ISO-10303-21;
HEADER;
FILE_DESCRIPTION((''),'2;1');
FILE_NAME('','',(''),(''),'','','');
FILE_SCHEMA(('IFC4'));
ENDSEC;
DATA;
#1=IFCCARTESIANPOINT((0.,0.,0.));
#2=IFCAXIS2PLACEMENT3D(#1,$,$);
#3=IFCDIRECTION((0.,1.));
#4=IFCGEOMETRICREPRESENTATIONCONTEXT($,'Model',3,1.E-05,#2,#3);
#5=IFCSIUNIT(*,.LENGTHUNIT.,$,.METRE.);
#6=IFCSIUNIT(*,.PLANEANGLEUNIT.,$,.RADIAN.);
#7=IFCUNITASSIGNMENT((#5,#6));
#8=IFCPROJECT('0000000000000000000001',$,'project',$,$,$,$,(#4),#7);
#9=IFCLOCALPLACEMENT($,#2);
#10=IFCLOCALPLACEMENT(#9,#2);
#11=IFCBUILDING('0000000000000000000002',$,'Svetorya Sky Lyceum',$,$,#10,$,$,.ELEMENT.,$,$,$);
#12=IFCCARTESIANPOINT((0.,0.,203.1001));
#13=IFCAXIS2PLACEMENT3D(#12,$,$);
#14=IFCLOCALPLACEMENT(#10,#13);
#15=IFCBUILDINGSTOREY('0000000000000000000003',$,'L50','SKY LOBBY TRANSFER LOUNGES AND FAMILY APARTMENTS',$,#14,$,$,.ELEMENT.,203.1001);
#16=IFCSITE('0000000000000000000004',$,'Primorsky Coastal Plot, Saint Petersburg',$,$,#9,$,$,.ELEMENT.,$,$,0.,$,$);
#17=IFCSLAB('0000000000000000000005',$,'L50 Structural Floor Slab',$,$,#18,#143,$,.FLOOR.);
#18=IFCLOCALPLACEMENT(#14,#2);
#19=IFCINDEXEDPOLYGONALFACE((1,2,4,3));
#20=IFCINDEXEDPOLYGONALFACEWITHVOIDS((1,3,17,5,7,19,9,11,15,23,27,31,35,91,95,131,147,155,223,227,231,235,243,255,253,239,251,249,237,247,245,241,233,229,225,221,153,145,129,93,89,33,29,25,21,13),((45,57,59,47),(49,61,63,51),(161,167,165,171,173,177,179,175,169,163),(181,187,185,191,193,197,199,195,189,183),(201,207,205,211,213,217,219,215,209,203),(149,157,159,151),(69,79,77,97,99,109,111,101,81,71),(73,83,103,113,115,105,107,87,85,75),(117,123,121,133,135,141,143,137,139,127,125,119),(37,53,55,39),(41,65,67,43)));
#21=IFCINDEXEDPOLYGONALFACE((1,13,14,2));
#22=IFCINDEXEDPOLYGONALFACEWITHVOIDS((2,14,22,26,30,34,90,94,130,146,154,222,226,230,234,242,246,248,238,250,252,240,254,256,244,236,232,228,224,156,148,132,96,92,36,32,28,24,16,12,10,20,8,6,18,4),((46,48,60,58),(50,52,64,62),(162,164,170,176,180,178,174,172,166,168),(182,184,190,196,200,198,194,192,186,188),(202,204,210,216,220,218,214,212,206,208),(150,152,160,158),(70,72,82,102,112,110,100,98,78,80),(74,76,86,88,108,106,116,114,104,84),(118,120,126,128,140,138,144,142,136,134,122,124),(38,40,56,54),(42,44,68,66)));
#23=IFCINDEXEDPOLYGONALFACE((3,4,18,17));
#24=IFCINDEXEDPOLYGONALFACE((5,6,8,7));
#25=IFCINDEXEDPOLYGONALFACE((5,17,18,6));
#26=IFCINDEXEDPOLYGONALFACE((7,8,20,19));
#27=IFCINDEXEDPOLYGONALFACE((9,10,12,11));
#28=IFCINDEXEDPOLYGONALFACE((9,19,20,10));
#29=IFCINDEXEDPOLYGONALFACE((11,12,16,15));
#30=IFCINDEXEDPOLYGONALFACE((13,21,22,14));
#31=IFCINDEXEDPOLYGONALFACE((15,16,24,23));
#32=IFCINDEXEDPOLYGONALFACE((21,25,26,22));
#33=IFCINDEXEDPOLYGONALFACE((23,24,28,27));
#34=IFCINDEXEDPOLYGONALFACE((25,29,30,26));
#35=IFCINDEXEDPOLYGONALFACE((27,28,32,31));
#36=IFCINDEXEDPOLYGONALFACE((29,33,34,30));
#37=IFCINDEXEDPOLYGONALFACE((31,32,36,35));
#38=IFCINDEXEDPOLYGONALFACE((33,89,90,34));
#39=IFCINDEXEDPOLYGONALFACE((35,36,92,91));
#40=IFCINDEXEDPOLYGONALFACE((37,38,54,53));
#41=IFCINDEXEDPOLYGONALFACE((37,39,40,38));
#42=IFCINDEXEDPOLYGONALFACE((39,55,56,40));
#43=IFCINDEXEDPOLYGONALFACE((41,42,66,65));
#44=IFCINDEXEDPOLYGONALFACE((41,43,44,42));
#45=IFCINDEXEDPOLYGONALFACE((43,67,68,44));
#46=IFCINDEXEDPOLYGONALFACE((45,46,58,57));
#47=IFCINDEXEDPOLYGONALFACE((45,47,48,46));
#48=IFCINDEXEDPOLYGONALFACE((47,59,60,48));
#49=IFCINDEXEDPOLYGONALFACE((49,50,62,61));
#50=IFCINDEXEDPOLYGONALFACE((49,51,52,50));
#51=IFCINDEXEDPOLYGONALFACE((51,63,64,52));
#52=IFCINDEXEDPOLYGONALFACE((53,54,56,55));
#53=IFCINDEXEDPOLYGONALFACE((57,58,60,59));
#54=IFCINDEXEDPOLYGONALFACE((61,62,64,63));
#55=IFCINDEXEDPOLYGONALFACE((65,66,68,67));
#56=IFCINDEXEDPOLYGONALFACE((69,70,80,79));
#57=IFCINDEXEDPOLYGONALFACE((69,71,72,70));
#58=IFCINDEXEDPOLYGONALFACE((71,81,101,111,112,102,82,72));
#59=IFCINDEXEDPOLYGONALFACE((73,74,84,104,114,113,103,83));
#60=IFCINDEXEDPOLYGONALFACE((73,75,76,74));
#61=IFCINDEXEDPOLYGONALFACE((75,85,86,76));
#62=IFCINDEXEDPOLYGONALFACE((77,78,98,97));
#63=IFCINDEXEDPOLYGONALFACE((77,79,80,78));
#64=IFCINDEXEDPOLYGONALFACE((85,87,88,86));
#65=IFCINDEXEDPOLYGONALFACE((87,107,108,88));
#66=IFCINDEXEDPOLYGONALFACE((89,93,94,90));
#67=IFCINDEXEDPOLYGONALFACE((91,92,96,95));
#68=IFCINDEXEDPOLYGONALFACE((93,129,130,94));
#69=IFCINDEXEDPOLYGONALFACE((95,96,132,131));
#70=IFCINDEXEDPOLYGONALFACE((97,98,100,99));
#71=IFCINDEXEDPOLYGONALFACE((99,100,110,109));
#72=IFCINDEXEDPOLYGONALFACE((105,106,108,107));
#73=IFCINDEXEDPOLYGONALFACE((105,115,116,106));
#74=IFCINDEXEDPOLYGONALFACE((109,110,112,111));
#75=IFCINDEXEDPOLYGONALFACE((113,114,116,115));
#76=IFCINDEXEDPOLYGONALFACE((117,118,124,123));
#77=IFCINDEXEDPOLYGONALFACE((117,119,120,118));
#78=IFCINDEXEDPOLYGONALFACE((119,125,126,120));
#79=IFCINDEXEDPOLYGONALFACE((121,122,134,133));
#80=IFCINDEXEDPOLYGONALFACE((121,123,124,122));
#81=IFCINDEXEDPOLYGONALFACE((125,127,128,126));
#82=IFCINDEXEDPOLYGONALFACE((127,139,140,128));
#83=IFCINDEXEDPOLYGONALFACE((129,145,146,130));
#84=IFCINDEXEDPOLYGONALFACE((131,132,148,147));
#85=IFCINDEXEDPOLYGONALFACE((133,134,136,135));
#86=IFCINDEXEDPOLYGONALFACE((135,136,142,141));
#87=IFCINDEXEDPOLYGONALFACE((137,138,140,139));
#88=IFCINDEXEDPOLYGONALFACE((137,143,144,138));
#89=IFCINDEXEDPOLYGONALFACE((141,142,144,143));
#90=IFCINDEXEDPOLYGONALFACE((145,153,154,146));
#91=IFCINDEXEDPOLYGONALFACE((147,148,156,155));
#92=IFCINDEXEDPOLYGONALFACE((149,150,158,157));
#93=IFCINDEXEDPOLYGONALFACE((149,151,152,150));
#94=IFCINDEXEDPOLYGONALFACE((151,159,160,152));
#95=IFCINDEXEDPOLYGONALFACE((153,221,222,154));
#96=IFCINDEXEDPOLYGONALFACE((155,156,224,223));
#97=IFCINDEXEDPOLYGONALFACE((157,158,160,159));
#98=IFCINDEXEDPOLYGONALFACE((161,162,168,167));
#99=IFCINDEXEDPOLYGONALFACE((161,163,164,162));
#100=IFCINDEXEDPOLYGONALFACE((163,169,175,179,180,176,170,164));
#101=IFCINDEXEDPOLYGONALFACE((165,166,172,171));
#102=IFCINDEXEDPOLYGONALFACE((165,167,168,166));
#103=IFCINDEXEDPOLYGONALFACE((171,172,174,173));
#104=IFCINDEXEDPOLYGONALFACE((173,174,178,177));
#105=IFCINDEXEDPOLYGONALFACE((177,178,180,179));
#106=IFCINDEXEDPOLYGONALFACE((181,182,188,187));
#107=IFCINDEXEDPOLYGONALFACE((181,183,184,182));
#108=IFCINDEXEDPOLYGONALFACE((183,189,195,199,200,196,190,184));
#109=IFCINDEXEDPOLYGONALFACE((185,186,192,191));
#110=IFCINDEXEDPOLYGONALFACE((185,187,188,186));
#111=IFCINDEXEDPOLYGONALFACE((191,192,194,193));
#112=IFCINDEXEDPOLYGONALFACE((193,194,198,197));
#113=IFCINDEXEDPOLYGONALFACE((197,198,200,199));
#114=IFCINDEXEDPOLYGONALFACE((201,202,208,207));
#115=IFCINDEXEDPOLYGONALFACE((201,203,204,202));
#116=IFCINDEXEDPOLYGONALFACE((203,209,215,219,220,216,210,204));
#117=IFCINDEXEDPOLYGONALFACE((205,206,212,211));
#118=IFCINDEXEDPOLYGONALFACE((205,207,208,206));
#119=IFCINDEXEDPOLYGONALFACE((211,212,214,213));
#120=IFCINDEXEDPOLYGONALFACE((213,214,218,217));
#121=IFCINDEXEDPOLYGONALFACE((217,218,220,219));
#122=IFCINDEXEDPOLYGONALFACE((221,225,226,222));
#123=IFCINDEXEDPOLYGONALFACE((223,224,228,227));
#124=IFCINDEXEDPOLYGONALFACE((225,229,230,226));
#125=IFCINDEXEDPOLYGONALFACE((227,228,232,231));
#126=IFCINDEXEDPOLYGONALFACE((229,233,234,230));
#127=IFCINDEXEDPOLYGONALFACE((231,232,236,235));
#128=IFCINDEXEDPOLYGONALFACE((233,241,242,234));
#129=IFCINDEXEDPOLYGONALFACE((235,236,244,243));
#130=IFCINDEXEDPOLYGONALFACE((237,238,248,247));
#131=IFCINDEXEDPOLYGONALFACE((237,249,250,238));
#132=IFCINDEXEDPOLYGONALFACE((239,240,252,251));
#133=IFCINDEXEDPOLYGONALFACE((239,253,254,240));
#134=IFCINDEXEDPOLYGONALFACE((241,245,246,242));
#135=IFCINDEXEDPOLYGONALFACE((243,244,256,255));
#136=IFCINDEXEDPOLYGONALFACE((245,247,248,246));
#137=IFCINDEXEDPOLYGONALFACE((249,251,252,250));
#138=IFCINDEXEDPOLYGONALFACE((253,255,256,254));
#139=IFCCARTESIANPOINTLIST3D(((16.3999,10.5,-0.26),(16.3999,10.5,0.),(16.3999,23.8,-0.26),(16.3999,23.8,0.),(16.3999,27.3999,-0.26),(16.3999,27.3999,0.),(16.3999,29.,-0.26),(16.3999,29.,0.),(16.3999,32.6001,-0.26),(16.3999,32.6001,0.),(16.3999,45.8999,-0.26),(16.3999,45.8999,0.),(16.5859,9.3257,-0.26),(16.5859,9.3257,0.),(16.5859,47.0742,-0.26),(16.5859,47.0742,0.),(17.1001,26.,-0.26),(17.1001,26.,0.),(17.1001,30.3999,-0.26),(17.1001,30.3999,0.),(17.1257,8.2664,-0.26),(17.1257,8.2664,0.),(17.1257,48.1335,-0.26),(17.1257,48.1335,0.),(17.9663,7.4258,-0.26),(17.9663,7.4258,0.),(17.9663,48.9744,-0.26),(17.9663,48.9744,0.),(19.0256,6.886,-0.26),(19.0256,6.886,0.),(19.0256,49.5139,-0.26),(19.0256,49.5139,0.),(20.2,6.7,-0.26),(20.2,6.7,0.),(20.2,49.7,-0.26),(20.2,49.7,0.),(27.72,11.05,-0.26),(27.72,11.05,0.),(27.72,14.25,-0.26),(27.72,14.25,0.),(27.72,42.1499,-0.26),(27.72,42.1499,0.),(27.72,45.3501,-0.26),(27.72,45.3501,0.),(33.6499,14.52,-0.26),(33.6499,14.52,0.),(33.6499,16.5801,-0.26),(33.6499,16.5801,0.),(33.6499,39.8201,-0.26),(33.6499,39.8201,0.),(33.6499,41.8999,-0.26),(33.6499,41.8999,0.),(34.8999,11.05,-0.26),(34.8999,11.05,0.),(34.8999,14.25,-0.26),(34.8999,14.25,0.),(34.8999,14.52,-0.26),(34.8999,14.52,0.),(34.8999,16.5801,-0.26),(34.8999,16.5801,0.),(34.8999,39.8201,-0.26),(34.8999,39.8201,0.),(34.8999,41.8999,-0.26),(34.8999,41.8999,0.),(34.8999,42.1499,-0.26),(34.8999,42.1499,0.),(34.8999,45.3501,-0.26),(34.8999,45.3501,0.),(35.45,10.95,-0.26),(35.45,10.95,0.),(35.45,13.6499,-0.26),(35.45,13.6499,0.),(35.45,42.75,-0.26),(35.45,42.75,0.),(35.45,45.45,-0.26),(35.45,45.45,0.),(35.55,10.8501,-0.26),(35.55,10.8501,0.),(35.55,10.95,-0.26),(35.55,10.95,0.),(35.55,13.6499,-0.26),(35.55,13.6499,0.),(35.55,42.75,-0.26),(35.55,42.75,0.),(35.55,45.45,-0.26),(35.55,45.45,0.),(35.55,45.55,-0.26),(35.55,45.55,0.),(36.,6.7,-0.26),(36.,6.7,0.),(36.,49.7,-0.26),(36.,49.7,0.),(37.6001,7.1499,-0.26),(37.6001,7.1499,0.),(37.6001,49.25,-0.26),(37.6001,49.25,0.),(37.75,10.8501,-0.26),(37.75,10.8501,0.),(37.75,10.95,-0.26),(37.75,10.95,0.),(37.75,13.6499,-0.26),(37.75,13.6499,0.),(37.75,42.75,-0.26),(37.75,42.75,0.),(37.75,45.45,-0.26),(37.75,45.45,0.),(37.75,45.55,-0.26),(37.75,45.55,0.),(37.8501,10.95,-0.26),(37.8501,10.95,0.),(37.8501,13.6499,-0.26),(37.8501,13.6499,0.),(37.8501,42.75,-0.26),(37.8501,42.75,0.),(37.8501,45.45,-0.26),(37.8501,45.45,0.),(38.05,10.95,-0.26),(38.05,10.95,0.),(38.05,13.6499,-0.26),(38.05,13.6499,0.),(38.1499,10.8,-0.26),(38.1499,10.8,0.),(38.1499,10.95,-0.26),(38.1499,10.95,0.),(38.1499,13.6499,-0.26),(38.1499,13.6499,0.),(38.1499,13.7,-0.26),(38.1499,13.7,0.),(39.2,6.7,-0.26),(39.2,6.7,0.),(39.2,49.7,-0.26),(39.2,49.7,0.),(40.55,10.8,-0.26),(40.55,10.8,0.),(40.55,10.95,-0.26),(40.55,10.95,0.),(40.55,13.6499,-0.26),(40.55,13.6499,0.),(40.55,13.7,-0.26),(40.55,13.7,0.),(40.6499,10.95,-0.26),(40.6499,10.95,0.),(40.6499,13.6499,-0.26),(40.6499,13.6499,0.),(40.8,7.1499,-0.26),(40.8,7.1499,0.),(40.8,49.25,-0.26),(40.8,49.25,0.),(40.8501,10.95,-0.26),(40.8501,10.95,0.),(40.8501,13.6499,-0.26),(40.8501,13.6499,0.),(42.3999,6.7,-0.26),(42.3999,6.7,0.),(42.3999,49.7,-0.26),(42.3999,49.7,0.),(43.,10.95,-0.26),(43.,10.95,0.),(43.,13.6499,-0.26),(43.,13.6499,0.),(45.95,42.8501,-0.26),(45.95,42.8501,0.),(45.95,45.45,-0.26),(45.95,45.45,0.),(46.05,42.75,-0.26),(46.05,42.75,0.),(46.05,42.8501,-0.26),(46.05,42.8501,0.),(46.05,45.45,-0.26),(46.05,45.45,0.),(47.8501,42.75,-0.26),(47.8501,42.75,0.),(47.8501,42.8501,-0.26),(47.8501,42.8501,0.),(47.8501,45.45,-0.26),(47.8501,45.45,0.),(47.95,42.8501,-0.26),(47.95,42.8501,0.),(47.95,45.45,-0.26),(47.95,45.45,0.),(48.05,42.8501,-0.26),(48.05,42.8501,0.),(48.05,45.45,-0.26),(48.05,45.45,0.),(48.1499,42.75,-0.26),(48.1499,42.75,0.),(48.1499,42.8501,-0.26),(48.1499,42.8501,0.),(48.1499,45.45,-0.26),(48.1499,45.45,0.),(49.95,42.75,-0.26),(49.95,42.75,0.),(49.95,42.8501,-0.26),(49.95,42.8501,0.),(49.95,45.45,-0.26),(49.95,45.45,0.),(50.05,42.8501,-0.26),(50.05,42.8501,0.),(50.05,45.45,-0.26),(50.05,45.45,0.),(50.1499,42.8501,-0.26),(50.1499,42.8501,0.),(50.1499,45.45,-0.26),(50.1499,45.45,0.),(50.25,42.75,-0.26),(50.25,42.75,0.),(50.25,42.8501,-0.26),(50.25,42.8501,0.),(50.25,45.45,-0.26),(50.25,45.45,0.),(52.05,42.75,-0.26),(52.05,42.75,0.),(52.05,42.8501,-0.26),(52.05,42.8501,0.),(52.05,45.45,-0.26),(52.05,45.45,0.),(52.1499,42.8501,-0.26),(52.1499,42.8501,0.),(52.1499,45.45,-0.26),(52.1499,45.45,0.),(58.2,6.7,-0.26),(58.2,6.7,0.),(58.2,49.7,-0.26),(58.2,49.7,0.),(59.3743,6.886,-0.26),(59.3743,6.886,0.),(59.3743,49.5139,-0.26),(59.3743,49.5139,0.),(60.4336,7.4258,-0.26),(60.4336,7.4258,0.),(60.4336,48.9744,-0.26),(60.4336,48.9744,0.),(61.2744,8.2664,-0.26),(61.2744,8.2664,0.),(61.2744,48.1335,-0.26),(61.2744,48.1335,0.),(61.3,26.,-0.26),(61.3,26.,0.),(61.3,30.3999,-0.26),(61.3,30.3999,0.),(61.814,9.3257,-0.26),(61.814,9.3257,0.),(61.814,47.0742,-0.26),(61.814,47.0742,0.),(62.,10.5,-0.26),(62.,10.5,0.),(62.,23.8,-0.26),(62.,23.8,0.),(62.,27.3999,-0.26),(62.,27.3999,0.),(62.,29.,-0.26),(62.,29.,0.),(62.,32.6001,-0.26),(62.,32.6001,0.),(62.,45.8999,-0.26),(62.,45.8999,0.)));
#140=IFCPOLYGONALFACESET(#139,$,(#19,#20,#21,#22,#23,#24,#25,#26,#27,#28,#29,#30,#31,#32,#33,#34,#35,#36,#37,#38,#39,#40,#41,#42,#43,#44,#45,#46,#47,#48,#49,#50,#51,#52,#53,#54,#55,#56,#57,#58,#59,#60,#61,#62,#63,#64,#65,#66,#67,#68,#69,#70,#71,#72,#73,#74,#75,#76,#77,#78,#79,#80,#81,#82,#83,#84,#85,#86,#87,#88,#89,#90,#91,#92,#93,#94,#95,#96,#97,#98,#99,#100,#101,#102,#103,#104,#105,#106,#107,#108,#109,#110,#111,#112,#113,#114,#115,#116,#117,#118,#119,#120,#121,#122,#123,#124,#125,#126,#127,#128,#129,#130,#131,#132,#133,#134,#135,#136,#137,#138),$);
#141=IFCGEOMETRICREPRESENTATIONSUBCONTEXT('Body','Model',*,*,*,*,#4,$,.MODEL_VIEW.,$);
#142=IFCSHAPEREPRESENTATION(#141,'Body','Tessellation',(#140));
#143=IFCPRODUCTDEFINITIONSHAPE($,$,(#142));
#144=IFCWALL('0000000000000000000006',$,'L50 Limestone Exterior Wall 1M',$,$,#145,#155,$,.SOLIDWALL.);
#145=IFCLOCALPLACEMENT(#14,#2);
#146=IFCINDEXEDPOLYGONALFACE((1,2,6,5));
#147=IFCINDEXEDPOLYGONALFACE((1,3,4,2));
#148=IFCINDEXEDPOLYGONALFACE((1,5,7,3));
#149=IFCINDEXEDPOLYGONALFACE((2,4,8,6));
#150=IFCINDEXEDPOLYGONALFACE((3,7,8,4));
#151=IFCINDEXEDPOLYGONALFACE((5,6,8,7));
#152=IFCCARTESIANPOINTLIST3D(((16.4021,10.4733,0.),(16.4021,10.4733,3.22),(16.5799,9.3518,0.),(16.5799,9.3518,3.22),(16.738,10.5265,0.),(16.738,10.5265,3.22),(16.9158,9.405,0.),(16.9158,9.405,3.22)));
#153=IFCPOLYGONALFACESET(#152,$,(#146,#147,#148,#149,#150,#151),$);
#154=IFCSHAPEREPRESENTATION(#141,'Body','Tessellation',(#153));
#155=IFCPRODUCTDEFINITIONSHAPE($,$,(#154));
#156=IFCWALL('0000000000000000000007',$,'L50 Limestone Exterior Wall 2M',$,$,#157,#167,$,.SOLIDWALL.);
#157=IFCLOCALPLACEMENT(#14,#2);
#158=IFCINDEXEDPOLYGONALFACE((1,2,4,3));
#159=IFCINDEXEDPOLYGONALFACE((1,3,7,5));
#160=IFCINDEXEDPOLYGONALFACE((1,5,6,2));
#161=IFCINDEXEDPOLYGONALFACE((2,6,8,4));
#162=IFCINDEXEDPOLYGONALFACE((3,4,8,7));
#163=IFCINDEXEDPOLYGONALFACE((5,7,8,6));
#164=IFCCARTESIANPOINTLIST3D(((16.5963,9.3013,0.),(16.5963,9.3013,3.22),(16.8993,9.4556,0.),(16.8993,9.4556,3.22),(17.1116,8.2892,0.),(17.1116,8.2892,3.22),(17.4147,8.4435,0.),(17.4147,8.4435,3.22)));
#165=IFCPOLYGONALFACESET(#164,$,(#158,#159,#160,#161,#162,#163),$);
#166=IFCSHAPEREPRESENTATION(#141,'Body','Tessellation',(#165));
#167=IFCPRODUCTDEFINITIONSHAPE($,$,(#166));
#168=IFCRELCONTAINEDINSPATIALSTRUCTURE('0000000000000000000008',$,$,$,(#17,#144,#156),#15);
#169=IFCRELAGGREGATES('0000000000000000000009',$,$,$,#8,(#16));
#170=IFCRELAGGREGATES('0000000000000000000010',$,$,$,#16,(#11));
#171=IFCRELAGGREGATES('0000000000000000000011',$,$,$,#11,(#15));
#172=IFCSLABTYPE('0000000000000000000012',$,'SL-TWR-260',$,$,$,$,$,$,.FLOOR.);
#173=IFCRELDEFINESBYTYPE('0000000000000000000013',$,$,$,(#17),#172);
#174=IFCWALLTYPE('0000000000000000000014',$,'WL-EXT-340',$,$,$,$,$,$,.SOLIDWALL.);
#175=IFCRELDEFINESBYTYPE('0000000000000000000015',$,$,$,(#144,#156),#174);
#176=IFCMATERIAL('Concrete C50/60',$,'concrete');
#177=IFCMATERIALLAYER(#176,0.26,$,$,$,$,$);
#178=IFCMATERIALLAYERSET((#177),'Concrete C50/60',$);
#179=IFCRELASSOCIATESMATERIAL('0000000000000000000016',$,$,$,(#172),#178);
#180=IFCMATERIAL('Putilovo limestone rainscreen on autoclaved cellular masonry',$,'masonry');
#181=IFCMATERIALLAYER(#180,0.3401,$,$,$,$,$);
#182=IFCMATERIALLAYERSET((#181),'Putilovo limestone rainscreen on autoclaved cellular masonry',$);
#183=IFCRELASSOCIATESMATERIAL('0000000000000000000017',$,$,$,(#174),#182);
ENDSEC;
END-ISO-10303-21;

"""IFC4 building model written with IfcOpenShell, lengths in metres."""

from ifc_helpers import new_model, si_unit, direction, frame, frame_2d, origin, place, context, subcontext, project, spatial, polyline, rectangle, outline, extrude, material, layer, layer_set, type_object, element, save


model = new_model("IFC4")

# Units and contexts
model_context = context("Model", 3, precision=1e-05, world=origin(), true_north=direction((0.0, 1.0)))
body_context = subcontext(model_context, "Body", "Model", "MODEL_VIEW")
ifc_project = project(units=[si_unit("LENGTHUNIT", "METRE"), si_unit("PLANEANGLEUNIT", "RADIAN")], contexts=[model_context])

# Site, building, storey
site_placement = place(None, origin())
site = spatial("IfcSite", under=ifc_project, at=site_placement, Name="Primorsky Coastal Plot, Saint Petersburg", CompositionType="ELEMENT", RefElevation=0.0)
building_placement = place(site_placement, origin())
building = spatial("IfcBuilding", under=site, at=building_placement, Name="Svetorya Sky Lyceum", CompositionType="ELEMENT")
storey_placement = place(building_placement, frame((0.0, 0.0, 203.1001)))
storey = spatial("IfcBuildingStorey", under=building, at=storey_placement, Name="L50", Description="SKY LOBBY TRANSFER LOUNGES AND FAMILY APARTMENTS", CompositionType="ELEMENT", Elevation=203.1001)

# Shared definitions
ifc_material_1 = material(Name="Concrete C50/60", Category="concrete")

# Slab
ifc_layer_1 = layer(ifc_material_1, 0.26)
ifc_layer_set_1 = layer_set([ifc_layer_1], Name="Concrete C50/60")
slab_type_1 = type_object("IfcSlabType", Name="SL-TWR-260", PredefinedType="FLOOR", material=ifc_layer_set_1)
slab_1_placement = place(storey_placement, frame((0.0, 0.0, -0.26)))
element("IfcSlab", 1, at=slab_1_placement, inside=storey, type_object=slab_type_1, Name="L50 Structural Floor Slab", PredefinedType="FLOOR", context=body_context, shape_type="SweptSolid", body=[
    extrude(outline(polyline([(16.3999, 10.5), (16.5859, 9.3257), (17.1257, 8.2664), (17.9663, 7.4258), (19.0256, 6.886), (20.2, 6.7), (36.0, 6.7), (37.6001, 7.1499), (39.2, 6.7), (40.8, 7.1499), (42.3999, 6.7), (58.2, 6.7), (59.3743, 6.886), (60.4336, 7.4258), (61.2744, 8.2664), (61.814, 9.3257), (62.0, 10.5), (62.0, 23.8), (61.3, 26.0), (62.0, 27.3999), (62.0, 29.0), (61.3, 30.3999), (62.0, 32.6001), (62.0, 45.8999), (61.814, 47.0742), (61.2744, 48.1335), (60.4336, 48.9744), (59.3743, 49.5139), (58.2, 49.7), (42.3999, 49.7), (40.8, 49.25), (39.2, 49.7), (37.6001, 49.25), (36.0, 49.7), (20.2, 49.7), (19.0256, 49.5139), (17.9663, 48.9744), (17.1257, 48.1335), (16.5859, 47.0742), (16.3999, 45.8999), (16.3999, 32.6001), (17.1001, 30.3999), (16.3999, 29.0), (16.3999, 27.3999), (17.1001, 26.0), (16.3999, 23.8), (16.3999, 10.5)]), holes=[polyline([(37.8501, 10.95), (37.75, 10.95), (37.75, 10.8501), (35.55, 10.8501), (35.55, 10.95), (35.45, 10.95), (35.45, 13.6499), (35.55, 13.6499), (37.75, 13.6499), (37.8501, 13.6499), (37.8501, 10.95)]), polyline([(38.1499, 10.8), (38.1499, 10.95), (38.05, 10.95), (38.05, 13.6499), (38.1499, 13.6499), (38.1499, 13.7), (40.55, 13.7), (40.55, 13.6499), (40.6499, 13.6499), (40.6499, 10.95), (40.55, 10.95), (40.55, 10.8), (38.1499, 10.8)]), polyline([(27.72, 11.05), (27.72, 14.25), (34.8999, 14.25), (34.8999, 11.05), (27.72, 11.05)]), polyline([(33.6499, 14.52), (33.6499, 16.5801), (34.8999, 16.5801), (34.8999, 14.52), (33.6499, 14.52)]), polyline([(33.6499, 39.8201), (33.6499, 41.8999), (34.8999, 41.8999), (34.8999, 39.8201), (33.6499, 39.8201)]), polyline([(27.72, 42.1499), (27.72, 45.3501), (34.8999, 45.3501), (34.8999, 42.1499), (27.72, 42.1499)]), polyline([(37.75, 42.75), (35.55, 42.75), (35.45, 42.75), (35.45, 45.45), (35.55, 45.45), (35.55, 45.55), (37.75, 45.55), (37.75, 45.45), (37.8501, 45.45), (37.8501, 42.75), (37.75, 42.75)]), polyline([(40.8501, 10.95), (40.8501, 13.6499), (43.0, 13.6499), (43.0, 10.95), (40.8501, 10.95)]), polyline([(46.05, 42.75), (46.05, 42.8501), (45.95, 42.8501), (45.95, 45.45), (46.05, 45.45), (47.8501, 45.45), (47.95, 45.45), (47.95, 42.8501), (47.8501, 42.8501), (47.8501, 42.75), (46.05, 42.75)]), polyline([(50.05, 42.8501), (49.95, 42.8501), (49.95, 42.75), (48.1499, 42.75), (48.1499, 42.8501), (48.05, 42.8501), (48.05, 45.45), (48.1499, 45.45), (49.95, 45.45), (50.05, 45.45), (50.05, 42.8501)]), polyline([(52.1499, 42.8501), (52.05, 42.8501), (52.05, 42.75), (50.25, 42.75), (50.25, 42.8501), (50.1499, 42.8501), (50.1499, 45.45), (50.25, 45.45), (52.05, 45.45), (52.1499, 45.45), (52.1499, 42.8501)])]), origin(), (0.0, 0.0, 1.0), 0.26),
])

# Walls
ifc_material_2 = material(Name="Putilovo limestone rainscreen on autoclaved cellular masonry", Category="masonry")
ifc_layer_2 = layer(ifc_material_2, 0.3401)
ifc_layer_set_2 = layer_set([ifc_layer_2], Name="Putilovo limestone rainscreen on autoclaved cellular masonry")
wall_type_1 = type_object("IfcWallType", Name="WL-EXT-340", PredefinedType="SOLIDWALL", material=ifc_layer_set_2)
wall_1_placement = place(storey_placement, frame((16.5701, 10.5, 0.0), z_axis=(0.0, 0.0, 1.0), x_axis=(0.156515, -0.987676, 0.0)))
element("IfcWall", 2, at=wall_1_placement, inside=storey, type_object=wall_type_1, Name="L50 Limestone Exterior Wall 1M", PredefinedType="SOLIDWALL", context=body_context, shape_type="SweptSolid", body=[
    extrude(rectangle(XDim=1.1355, YDim=0.3401, at=frame_2d((0.5679, 0.0))), origin(), (0.0, 0.0, 1.0), 3.22),
])
for number, where, z_axis, x_axis, name in (
    (3, (16.7478, 9.3784, 0.0), (0.0, 0.0, 1.0), (0.453736, -0.891136, 0.0), "L50 Limestone Exterior Wall 2M"),
):
    element("IfcWall", number, at=place(storey_placement, frame(where, z_axis=z_axis, x_axis=x_axis)), inside=storey, type_object=wall_type_1, Name=name, PredefinedType="SOLIDWALL", context=body_context, shape_type="SweptSolid", body=[
        extrude(rectangle(XDim=1.1357, YDim=0.3401, at=frame_2d((0.5679, 0.0))), origin(), (0.0, 0.0, 1.0), 3.22),
    ])

save(model, "model.ifc")
